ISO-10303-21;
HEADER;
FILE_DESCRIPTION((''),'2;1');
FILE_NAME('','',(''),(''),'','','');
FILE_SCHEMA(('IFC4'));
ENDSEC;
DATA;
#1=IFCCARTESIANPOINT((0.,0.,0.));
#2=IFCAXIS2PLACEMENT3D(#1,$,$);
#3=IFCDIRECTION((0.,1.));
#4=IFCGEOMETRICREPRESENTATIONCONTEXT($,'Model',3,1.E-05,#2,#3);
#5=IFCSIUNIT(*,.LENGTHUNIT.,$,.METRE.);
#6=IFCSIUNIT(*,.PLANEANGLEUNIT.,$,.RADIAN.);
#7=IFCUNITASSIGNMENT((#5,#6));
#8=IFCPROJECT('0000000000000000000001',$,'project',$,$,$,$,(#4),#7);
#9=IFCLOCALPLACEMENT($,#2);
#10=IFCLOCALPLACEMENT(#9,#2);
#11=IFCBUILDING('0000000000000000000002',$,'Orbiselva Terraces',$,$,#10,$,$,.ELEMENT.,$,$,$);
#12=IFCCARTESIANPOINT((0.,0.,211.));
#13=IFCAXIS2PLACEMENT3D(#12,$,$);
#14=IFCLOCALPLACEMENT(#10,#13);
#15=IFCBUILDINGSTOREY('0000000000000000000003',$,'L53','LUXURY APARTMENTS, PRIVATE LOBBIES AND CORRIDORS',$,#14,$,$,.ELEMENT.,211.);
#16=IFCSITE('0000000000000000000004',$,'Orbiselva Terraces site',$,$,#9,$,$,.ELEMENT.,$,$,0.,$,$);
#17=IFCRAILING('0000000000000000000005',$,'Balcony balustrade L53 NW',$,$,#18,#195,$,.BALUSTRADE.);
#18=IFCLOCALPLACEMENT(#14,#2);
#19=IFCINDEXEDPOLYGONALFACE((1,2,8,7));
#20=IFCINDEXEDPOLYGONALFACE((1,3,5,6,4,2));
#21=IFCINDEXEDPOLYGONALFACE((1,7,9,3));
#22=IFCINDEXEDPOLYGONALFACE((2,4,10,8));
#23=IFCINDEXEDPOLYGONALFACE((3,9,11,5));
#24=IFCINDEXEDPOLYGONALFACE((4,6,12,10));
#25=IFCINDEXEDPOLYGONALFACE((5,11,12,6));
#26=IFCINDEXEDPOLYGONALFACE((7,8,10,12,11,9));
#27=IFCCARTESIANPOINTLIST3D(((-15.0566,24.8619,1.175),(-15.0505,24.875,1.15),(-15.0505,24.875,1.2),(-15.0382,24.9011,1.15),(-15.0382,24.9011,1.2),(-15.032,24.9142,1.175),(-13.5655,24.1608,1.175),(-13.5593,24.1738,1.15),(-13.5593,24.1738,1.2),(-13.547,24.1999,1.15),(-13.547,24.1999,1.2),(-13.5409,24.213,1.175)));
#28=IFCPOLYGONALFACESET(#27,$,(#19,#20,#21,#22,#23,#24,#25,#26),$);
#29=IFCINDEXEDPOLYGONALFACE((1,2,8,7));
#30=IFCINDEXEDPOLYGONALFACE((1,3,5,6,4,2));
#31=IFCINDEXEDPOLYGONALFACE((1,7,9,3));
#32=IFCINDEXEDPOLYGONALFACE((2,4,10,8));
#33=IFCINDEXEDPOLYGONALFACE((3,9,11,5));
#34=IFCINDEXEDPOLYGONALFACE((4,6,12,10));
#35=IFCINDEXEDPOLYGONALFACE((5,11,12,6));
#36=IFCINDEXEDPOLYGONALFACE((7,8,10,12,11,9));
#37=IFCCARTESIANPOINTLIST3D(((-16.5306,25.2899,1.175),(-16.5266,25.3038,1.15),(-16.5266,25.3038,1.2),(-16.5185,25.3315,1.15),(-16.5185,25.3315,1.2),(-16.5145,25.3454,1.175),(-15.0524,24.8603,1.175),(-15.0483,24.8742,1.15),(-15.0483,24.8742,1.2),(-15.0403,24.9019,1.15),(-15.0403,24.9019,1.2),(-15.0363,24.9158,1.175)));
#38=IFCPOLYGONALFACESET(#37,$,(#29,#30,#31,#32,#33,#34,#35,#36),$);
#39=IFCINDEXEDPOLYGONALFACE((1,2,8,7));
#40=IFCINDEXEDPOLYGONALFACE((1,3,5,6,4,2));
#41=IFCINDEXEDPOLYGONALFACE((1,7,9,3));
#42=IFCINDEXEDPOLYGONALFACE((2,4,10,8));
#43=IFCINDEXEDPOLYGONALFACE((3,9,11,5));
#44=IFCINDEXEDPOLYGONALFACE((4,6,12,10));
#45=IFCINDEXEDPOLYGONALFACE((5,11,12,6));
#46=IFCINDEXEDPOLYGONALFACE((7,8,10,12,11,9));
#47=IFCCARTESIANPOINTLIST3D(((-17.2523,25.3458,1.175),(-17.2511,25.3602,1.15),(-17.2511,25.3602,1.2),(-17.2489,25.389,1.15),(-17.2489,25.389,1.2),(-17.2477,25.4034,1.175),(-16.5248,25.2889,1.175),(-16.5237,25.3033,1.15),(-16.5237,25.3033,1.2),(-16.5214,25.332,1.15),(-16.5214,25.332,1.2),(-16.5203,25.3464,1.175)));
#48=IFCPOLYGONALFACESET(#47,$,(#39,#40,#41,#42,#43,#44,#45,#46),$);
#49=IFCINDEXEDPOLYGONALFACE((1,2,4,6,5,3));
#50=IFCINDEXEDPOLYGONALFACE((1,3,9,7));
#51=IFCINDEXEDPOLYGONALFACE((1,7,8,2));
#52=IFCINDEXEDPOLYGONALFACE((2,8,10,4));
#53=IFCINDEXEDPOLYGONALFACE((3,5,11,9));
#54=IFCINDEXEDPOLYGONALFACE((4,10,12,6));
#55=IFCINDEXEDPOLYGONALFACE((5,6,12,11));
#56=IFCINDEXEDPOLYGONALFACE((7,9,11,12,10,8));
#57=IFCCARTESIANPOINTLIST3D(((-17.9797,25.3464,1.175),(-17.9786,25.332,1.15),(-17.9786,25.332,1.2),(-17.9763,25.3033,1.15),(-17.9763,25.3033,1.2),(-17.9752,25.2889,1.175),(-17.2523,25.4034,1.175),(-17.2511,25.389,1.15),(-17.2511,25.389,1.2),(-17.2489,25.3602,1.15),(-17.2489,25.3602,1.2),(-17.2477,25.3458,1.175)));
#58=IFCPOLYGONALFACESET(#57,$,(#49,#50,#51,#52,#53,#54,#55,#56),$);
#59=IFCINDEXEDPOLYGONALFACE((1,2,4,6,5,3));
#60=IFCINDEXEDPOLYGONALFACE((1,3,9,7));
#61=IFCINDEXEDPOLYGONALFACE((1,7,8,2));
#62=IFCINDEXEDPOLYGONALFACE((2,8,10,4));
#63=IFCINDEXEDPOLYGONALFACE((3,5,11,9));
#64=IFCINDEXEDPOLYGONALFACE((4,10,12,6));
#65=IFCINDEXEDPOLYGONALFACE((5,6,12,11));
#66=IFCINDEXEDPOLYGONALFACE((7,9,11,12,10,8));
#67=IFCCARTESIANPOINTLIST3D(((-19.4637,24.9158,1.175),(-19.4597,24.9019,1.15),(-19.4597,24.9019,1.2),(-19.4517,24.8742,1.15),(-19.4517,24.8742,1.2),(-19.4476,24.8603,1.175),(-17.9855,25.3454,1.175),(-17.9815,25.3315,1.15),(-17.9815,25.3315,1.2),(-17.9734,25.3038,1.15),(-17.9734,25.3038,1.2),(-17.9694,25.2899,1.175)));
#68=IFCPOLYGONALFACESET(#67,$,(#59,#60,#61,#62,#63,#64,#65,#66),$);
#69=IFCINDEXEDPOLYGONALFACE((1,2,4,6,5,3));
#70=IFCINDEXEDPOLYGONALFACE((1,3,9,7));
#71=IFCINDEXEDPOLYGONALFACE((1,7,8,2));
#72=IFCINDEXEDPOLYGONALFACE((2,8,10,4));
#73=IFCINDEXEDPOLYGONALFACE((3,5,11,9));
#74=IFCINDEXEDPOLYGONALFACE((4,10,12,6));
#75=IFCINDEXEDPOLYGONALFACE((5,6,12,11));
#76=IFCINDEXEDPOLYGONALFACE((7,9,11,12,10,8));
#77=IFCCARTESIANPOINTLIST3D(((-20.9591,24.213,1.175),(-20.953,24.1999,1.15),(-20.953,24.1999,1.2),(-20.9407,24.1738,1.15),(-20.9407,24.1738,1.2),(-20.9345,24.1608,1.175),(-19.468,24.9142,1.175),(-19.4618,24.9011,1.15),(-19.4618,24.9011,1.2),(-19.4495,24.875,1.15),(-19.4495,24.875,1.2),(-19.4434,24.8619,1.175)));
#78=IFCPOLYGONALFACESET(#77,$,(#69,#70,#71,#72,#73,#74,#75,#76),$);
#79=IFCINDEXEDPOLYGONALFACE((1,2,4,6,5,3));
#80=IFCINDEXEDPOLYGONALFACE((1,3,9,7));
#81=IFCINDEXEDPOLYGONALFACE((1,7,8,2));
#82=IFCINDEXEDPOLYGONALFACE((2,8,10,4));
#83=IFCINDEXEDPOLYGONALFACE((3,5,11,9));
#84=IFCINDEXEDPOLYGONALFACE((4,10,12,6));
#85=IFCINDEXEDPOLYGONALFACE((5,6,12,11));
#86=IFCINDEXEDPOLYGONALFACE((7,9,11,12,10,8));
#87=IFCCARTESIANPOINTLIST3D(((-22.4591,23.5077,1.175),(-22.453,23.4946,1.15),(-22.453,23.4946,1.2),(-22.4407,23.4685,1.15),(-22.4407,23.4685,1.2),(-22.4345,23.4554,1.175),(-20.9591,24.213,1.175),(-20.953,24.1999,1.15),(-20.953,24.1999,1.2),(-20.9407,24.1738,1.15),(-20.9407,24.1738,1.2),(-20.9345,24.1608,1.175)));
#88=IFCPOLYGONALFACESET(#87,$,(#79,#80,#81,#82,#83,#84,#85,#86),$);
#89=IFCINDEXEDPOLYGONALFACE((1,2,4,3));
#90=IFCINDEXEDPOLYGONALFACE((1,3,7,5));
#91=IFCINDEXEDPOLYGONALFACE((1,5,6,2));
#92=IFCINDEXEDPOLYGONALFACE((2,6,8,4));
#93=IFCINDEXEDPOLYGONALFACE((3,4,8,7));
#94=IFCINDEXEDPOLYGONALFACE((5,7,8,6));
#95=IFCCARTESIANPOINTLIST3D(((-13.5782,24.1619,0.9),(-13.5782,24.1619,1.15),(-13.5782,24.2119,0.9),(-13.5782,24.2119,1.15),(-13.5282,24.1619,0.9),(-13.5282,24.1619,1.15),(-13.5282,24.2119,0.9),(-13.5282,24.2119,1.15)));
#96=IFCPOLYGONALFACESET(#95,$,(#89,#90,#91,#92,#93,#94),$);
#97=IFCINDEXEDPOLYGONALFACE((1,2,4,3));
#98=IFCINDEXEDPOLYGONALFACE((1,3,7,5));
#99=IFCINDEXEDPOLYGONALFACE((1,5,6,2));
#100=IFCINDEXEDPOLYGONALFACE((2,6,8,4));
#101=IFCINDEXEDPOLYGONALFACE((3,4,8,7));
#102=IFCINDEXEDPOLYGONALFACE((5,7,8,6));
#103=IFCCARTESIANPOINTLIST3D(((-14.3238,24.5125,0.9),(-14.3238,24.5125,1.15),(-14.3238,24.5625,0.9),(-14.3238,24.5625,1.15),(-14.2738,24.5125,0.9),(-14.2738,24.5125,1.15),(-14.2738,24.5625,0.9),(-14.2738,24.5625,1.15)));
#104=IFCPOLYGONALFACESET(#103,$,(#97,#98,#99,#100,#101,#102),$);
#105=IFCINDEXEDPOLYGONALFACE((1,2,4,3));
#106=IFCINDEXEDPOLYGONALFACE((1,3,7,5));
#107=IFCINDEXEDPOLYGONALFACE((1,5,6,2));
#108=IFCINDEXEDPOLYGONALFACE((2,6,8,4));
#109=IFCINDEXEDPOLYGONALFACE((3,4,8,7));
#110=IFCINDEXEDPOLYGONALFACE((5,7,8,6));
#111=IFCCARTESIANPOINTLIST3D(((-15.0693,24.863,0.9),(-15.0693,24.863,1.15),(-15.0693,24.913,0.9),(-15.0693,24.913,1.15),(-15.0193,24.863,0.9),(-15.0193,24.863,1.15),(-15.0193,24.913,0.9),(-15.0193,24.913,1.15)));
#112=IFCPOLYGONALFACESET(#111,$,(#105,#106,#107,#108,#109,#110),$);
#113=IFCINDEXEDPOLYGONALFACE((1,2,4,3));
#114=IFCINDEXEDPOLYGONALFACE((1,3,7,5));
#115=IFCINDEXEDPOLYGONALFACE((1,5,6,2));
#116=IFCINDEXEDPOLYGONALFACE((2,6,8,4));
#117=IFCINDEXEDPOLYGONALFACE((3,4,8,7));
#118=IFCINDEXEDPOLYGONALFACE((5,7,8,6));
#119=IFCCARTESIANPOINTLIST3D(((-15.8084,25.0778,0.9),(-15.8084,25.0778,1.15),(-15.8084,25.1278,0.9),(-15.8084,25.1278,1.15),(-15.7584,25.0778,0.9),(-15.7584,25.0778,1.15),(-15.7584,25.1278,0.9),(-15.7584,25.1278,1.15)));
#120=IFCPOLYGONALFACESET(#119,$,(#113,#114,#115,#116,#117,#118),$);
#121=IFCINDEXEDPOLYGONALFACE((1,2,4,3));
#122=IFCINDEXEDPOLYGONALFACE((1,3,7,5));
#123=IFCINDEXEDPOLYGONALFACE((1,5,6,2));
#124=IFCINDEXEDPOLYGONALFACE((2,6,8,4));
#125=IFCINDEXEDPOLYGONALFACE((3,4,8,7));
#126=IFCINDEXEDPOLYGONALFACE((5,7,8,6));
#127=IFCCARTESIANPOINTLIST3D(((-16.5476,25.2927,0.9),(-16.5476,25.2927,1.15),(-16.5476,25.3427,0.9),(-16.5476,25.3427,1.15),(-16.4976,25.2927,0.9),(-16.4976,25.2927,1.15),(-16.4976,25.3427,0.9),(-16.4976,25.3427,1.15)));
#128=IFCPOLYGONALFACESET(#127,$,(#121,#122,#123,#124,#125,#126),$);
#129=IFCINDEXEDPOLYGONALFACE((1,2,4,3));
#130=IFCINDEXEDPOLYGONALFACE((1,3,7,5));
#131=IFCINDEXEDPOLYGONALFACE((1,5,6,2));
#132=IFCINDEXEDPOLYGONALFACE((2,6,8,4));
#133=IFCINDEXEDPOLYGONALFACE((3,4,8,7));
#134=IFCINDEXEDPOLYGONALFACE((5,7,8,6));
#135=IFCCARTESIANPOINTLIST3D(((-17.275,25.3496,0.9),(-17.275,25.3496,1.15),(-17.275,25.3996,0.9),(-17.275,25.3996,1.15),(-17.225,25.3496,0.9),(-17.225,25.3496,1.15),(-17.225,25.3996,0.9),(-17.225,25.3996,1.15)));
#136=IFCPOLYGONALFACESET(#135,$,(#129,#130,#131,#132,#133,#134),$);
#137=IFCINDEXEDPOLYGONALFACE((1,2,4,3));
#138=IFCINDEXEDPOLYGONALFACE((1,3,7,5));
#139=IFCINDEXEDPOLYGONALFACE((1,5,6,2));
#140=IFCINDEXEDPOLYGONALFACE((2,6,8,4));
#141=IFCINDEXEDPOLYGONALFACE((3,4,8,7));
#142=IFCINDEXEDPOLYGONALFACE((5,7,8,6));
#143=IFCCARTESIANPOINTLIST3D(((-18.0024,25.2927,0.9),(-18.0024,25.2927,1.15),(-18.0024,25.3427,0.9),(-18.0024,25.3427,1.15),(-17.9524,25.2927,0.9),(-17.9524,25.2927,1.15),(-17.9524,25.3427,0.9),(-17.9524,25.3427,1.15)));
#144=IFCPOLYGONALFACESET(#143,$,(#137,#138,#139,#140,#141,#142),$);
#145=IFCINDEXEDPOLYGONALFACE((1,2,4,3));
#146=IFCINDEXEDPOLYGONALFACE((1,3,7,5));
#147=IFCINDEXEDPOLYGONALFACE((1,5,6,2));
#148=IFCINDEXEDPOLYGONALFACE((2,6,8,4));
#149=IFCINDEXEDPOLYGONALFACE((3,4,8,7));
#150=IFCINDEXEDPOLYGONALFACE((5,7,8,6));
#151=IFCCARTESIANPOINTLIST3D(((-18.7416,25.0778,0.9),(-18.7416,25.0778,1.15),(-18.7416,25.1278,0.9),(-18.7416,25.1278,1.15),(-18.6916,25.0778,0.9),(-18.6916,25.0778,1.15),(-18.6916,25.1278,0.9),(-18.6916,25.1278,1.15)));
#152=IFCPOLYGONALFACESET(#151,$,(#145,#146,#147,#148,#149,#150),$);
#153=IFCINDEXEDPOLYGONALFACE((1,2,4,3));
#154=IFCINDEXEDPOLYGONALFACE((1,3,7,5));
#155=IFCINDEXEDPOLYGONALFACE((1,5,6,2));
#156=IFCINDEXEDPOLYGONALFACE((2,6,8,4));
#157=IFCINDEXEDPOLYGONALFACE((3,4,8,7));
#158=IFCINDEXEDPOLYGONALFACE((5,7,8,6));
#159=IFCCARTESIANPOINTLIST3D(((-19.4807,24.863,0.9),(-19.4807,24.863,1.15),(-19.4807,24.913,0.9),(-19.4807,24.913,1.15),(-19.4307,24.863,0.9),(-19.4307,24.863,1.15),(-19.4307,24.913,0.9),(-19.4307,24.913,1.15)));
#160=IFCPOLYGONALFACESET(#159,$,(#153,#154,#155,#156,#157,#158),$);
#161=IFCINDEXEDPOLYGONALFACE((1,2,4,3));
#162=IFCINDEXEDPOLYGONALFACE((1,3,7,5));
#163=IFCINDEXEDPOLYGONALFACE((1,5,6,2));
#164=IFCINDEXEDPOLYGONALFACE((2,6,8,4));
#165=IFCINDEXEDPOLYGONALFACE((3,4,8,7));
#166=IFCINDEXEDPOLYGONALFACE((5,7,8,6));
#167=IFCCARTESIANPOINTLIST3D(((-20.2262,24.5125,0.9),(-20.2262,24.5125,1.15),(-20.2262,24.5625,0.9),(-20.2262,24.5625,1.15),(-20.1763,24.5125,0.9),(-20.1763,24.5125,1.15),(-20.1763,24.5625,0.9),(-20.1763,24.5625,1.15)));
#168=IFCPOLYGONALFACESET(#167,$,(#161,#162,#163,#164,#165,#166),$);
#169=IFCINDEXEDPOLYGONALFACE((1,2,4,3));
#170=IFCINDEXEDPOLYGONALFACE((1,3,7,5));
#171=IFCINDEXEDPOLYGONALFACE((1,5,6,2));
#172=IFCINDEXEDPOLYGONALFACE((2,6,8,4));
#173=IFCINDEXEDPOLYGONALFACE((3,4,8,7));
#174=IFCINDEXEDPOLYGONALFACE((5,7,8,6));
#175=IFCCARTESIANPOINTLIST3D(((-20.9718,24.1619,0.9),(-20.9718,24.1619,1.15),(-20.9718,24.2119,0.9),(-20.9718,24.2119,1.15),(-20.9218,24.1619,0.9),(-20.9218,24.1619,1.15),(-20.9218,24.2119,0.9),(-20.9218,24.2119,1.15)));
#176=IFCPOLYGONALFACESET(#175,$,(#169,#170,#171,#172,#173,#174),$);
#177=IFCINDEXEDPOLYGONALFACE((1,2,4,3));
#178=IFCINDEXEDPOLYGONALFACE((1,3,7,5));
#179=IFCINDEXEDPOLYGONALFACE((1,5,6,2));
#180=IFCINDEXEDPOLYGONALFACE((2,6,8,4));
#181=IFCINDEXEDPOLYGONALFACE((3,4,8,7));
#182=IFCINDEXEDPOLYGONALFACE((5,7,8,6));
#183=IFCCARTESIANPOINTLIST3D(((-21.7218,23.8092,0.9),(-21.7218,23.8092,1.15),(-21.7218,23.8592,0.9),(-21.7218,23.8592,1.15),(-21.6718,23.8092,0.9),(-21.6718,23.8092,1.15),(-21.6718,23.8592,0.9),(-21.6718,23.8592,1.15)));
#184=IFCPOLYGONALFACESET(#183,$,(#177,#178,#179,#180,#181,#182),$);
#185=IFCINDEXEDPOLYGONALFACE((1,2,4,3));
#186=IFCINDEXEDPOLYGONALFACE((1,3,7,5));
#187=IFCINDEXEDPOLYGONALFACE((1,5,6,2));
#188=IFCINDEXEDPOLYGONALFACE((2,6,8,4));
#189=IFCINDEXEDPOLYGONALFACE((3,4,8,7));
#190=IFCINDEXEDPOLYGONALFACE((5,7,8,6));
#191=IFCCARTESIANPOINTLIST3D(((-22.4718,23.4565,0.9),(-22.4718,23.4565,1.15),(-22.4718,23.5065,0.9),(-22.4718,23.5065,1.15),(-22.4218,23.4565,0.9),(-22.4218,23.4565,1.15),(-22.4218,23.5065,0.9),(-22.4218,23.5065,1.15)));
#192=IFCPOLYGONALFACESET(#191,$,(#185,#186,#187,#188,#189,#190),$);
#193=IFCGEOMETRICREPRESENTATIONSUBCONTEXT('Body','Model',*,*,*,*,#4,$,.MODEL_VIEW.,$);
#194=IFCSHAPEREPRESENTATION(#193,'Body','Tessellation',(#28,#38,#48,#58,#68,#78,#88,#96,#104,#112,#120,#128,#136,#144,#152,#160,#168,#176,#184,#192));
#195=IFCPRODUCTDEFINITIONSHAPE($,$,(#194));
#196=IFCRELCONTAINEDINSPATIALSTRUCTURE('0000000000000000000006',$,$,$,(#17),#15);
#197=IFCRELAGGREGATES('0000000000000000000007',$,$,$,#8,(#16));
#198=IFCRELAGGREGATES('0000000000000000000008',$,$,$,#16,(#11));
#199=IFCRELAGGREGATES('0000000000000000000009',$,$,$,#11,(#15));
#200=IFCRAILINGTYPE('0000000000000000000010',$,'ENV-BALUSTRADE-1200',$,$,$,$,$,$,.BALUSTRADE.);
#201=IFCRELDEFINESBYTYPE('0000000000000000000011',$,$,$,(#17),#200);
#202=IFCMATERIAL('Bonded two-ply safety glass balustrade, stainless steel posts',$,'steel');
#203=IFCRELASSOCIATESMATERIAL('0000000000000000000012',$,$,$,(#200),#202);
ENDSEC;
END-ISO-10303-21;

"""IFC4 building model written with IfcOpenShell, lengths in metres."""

from ifc_helpers import new_model, si_unit, direction, frame, origin, origin_2d, place, context, subcontext, project, spatial, polyline, rectangle, outline, extrude, material, type_object, element, save


model = new_model("IFC4")

# Units and contexts
model_context = context("Model", 3, precision=1e-05, world=origin(), true_north=direction((0.0, 1.0)))
body_context = subcontext(model_context, "Body", "Model", "MODEL_VIEW")
ifc_project = project(units=[si_unit("LENGTHUNIT", "METRE"), si_unit("PLANEANGLEUNIT", "RADIAN")], contexts=[model_context])

# Site, building, storey
site_placement = place(None, origin())
site = spatial("IfcSite", under=ifc_project, at=site_placement, Name="Orbiselva Terraces site", CompositionType="ELEMENT", RefElevation=0.0)
building_placement = place(site_placement, origin())
building = spatial("IfcBuilding", under=site, at=building_placement, Name="Orbiselva Terraces", CompositionType="ELEMENT")
storey_placement = place(building_placement, frame((0.0, 0.0, 211.0)))
storey = spatial("IfcBuildingStorey", under=building, at=storey_placement, Name="L53", Description="LUXURY APARTMENTS, PRIVATE LOBBIES AND CORRIDORS", CompositionType="ELEMENT", Elevation=211.0)

# Railing
ifc_material_1 = material(Name="Bonded two-ply safety glass balustrade, stainless steel posts", Category="steel")
railing_type_1 = type_object("IfcRailingType", Name="ENV-BALUSTRADE-1200", PredefinedType="BALUSTRADE", material=ifc_material_1)
railing_1_placement = place(storey_placement, frame((-13.5532, 24.1869, 0.9)))
element("IfcRailing", 1, at=railing_1_placement, inside=storey, type_object=railing_type_1, Name="Balcony balustrade L53 NW", PredefinedType="BALUSTRADE", context=body_context, shape_type="SweptSolid", body=[
    extrude(outline(polyline([(0.0289, 0.0), (0.0144, 0.025), (-0.0144, 0.025), (-0.0289, 0.0), (-0.0144, -0.025), (0.0144, -0.025), (0.0289, 0.0)])), frame((0.0, 0.0, 0.275), z_axis=(-0.904944, 0.42553, 0.0), x_axis=(-0.42553, -0.904944, 0.0)), (0.0, 0.0, 1.0), 1.6477),
    extrude(outline(polyline([(0.0289, 0.0), (0.0144, 0.025), (-0.0144, 0.025), (-0.0289, 0.0), (-0.0144, -0.025), (0.0144, -0.025), (0.0289, 0.0)])), frame((-1.4911, 0.7012, 0.275), z_axis=(-0.96027, 0.279072, 0.0), x_axis=(-0.279072, -0.96027, 0.0)), (0.0, 0.0, 1.0), 1.5394),
    extrude(outline(polyline([(0.0289, 0.0), (0.0144, 0.025), (-0.0144, 0.025), (-0.0289, 0.0), (-0.0144, -0.025), (0.0144, -0.025), (0.0289, 0.0)])), frame((-2.9694, 1.1308, 0.275), z_axis=(-0.996948, 0.07807, 0.0), x_axis=(-0.07807, -0.996948, 0.0)), (0.0, 0.0, 1.0), 0.7297),
    extrude(outline(polyline([(0.0289, 0.0), (0.0144, 0.025), (-0.0144, 0.025), (-0.0289, 0.0), (-0.0144, -0.025), (0.0144, -0.025), (0.0289, 0.0)])), frame((-3.6968, 1.1877, 0.275), z_axis=(-0.996948, -0.07807, 0.0), x_axis=(0.07807, -0.996948, 0.0)), (0.0, 0.0, 1.0), 0.7297),
    extrude(outline(polyline([(0.0289, 0.0), (0.0144, 0.025), (-0.0144, 0.025), (-0.0289, 0.0), (-0.0144, -0.025), (0.0144, -0.025), (0.0289, 0.0)])), frame((-4.4243, 1.1308, 0.275), z_axis=(-0.96027, -0.279072, 0.0), x_axis=(0.279072, -0.96027, 0.0)), (0.0, 0.0, 1.0), 1.5394),
    extrude(outline(polyline([(0.0289, 0.0), (0.0144, 0.025), (-0.0144, 0.025), (-0.0289, 0.0), (-0.0144, -0.025), (0.0144, -0.025), (0.0289, 0.0)])), frame((-5.9025, 0.7012, 0.275), z_axis=(-0.904944, -0.42553, 0.0), x_axis=(0.42553, -0.904944, 0.0)), (0.0, 0.0, 1.0), 1.6477),
    extrude(outline(polyline([(0.0289, 0.0), (0.0144, 0.025), (-0.0144, 0.025), (-0.0289, 0.0), (-0.0144, -0.025), (0.0144, -0.025), (0.0289, 0.0)])), frame((-7.3936, 0.0, 0.275), z_axis=(-0.904944, -0.42553, 0.0), x_axis=(0.42553, -0.904944, 0.0)), (0.0, 0.0, 1.0), 1.6576),
    extrude(rectangle(XDim=0.05, YDim=0.05, at=origin_2d()), origin(), (0.0, 0.0, 1.0), 0.25),
    extrude(rectangle(XDim=0.05, YDim=0.05, at=origin_2d()), frame((-0.7456, 0.3506, 0.0)), (0.0, 0.0, 1.0), 0.25),
    extrude(rectangle(XDim=0.05, YDim=0.05, at=origin_2d()), frame((-1.4911, 0.7012, 0.0)), (0.0, 0.0, 1.0), 0.25),
    extrude(rectangle(XDim=0.05, YDim=0.05, at=origin_2d()), frame((-2.2302, 0.916, 0.0)), (0.0, 0.0, 1.0), 0.25),
    extrude(rectangle(XDim=0.05, YDim=0.05, at=origin_2d()), frame((-2.9694, 1.1308, 0.0)), (0.0, 0.0, 1.0), 0.25),
    extrude(rectangle(XDim=0.05, YDim=0.05, at=origin_2d()), frame((-3.6968, 1.1877, 0.0)), (0.0, 0.0, 1.0), 0.25),
    extrude(rectangle(XDim=0.05, YDim=0.05, at=origin_2d()), frame((-4.4243, 1.1308, 0.0)), (0.0, 0.0, 1.0), 0.25),
    extrude(rectangle(XDim=0.05, YDim=0.05, at=origin_2d()), frame((-5.1634, 0.916, 0.0)), (0.0, 0.0, 1.0), 0.25),
    extrude(rectangle(XDim=0.05, YDim=0.05, at=origin_2d()), frame((-5.9025, 0.7012, 0.0)), (0.0, 0.0, 1.0), 0.25),
    extrude(rectangle(XDim=0.05, YDim=0.05, at=origin_2d()), frame((-6.6481, 0.3506, 0.0)), (0.0, 0.0, 1.0), 0.25),
    extrude(rectangle(XDim=0.05, YDim=0.05, at=origin_2d()), frame((-7.3936, 0.0, 0.0)), (0.0, 0.0, 1.0), 0.25),
    extrude(rectangle(XDim=0.05, YDim=0.05, at=origin_2d()), frame((-8.1436, -0.3527, 0.0)), (0.0, 0.0, 1.0), 0.25),
    extrude(rectangle(XDim=0.05, YDim=0.05, at=origin_2d()), frame((-8.8936, -0.7053, 0.0)), (0.0, 0.0, 1.0), 0.25),
])

save(model, "model.ifc")
